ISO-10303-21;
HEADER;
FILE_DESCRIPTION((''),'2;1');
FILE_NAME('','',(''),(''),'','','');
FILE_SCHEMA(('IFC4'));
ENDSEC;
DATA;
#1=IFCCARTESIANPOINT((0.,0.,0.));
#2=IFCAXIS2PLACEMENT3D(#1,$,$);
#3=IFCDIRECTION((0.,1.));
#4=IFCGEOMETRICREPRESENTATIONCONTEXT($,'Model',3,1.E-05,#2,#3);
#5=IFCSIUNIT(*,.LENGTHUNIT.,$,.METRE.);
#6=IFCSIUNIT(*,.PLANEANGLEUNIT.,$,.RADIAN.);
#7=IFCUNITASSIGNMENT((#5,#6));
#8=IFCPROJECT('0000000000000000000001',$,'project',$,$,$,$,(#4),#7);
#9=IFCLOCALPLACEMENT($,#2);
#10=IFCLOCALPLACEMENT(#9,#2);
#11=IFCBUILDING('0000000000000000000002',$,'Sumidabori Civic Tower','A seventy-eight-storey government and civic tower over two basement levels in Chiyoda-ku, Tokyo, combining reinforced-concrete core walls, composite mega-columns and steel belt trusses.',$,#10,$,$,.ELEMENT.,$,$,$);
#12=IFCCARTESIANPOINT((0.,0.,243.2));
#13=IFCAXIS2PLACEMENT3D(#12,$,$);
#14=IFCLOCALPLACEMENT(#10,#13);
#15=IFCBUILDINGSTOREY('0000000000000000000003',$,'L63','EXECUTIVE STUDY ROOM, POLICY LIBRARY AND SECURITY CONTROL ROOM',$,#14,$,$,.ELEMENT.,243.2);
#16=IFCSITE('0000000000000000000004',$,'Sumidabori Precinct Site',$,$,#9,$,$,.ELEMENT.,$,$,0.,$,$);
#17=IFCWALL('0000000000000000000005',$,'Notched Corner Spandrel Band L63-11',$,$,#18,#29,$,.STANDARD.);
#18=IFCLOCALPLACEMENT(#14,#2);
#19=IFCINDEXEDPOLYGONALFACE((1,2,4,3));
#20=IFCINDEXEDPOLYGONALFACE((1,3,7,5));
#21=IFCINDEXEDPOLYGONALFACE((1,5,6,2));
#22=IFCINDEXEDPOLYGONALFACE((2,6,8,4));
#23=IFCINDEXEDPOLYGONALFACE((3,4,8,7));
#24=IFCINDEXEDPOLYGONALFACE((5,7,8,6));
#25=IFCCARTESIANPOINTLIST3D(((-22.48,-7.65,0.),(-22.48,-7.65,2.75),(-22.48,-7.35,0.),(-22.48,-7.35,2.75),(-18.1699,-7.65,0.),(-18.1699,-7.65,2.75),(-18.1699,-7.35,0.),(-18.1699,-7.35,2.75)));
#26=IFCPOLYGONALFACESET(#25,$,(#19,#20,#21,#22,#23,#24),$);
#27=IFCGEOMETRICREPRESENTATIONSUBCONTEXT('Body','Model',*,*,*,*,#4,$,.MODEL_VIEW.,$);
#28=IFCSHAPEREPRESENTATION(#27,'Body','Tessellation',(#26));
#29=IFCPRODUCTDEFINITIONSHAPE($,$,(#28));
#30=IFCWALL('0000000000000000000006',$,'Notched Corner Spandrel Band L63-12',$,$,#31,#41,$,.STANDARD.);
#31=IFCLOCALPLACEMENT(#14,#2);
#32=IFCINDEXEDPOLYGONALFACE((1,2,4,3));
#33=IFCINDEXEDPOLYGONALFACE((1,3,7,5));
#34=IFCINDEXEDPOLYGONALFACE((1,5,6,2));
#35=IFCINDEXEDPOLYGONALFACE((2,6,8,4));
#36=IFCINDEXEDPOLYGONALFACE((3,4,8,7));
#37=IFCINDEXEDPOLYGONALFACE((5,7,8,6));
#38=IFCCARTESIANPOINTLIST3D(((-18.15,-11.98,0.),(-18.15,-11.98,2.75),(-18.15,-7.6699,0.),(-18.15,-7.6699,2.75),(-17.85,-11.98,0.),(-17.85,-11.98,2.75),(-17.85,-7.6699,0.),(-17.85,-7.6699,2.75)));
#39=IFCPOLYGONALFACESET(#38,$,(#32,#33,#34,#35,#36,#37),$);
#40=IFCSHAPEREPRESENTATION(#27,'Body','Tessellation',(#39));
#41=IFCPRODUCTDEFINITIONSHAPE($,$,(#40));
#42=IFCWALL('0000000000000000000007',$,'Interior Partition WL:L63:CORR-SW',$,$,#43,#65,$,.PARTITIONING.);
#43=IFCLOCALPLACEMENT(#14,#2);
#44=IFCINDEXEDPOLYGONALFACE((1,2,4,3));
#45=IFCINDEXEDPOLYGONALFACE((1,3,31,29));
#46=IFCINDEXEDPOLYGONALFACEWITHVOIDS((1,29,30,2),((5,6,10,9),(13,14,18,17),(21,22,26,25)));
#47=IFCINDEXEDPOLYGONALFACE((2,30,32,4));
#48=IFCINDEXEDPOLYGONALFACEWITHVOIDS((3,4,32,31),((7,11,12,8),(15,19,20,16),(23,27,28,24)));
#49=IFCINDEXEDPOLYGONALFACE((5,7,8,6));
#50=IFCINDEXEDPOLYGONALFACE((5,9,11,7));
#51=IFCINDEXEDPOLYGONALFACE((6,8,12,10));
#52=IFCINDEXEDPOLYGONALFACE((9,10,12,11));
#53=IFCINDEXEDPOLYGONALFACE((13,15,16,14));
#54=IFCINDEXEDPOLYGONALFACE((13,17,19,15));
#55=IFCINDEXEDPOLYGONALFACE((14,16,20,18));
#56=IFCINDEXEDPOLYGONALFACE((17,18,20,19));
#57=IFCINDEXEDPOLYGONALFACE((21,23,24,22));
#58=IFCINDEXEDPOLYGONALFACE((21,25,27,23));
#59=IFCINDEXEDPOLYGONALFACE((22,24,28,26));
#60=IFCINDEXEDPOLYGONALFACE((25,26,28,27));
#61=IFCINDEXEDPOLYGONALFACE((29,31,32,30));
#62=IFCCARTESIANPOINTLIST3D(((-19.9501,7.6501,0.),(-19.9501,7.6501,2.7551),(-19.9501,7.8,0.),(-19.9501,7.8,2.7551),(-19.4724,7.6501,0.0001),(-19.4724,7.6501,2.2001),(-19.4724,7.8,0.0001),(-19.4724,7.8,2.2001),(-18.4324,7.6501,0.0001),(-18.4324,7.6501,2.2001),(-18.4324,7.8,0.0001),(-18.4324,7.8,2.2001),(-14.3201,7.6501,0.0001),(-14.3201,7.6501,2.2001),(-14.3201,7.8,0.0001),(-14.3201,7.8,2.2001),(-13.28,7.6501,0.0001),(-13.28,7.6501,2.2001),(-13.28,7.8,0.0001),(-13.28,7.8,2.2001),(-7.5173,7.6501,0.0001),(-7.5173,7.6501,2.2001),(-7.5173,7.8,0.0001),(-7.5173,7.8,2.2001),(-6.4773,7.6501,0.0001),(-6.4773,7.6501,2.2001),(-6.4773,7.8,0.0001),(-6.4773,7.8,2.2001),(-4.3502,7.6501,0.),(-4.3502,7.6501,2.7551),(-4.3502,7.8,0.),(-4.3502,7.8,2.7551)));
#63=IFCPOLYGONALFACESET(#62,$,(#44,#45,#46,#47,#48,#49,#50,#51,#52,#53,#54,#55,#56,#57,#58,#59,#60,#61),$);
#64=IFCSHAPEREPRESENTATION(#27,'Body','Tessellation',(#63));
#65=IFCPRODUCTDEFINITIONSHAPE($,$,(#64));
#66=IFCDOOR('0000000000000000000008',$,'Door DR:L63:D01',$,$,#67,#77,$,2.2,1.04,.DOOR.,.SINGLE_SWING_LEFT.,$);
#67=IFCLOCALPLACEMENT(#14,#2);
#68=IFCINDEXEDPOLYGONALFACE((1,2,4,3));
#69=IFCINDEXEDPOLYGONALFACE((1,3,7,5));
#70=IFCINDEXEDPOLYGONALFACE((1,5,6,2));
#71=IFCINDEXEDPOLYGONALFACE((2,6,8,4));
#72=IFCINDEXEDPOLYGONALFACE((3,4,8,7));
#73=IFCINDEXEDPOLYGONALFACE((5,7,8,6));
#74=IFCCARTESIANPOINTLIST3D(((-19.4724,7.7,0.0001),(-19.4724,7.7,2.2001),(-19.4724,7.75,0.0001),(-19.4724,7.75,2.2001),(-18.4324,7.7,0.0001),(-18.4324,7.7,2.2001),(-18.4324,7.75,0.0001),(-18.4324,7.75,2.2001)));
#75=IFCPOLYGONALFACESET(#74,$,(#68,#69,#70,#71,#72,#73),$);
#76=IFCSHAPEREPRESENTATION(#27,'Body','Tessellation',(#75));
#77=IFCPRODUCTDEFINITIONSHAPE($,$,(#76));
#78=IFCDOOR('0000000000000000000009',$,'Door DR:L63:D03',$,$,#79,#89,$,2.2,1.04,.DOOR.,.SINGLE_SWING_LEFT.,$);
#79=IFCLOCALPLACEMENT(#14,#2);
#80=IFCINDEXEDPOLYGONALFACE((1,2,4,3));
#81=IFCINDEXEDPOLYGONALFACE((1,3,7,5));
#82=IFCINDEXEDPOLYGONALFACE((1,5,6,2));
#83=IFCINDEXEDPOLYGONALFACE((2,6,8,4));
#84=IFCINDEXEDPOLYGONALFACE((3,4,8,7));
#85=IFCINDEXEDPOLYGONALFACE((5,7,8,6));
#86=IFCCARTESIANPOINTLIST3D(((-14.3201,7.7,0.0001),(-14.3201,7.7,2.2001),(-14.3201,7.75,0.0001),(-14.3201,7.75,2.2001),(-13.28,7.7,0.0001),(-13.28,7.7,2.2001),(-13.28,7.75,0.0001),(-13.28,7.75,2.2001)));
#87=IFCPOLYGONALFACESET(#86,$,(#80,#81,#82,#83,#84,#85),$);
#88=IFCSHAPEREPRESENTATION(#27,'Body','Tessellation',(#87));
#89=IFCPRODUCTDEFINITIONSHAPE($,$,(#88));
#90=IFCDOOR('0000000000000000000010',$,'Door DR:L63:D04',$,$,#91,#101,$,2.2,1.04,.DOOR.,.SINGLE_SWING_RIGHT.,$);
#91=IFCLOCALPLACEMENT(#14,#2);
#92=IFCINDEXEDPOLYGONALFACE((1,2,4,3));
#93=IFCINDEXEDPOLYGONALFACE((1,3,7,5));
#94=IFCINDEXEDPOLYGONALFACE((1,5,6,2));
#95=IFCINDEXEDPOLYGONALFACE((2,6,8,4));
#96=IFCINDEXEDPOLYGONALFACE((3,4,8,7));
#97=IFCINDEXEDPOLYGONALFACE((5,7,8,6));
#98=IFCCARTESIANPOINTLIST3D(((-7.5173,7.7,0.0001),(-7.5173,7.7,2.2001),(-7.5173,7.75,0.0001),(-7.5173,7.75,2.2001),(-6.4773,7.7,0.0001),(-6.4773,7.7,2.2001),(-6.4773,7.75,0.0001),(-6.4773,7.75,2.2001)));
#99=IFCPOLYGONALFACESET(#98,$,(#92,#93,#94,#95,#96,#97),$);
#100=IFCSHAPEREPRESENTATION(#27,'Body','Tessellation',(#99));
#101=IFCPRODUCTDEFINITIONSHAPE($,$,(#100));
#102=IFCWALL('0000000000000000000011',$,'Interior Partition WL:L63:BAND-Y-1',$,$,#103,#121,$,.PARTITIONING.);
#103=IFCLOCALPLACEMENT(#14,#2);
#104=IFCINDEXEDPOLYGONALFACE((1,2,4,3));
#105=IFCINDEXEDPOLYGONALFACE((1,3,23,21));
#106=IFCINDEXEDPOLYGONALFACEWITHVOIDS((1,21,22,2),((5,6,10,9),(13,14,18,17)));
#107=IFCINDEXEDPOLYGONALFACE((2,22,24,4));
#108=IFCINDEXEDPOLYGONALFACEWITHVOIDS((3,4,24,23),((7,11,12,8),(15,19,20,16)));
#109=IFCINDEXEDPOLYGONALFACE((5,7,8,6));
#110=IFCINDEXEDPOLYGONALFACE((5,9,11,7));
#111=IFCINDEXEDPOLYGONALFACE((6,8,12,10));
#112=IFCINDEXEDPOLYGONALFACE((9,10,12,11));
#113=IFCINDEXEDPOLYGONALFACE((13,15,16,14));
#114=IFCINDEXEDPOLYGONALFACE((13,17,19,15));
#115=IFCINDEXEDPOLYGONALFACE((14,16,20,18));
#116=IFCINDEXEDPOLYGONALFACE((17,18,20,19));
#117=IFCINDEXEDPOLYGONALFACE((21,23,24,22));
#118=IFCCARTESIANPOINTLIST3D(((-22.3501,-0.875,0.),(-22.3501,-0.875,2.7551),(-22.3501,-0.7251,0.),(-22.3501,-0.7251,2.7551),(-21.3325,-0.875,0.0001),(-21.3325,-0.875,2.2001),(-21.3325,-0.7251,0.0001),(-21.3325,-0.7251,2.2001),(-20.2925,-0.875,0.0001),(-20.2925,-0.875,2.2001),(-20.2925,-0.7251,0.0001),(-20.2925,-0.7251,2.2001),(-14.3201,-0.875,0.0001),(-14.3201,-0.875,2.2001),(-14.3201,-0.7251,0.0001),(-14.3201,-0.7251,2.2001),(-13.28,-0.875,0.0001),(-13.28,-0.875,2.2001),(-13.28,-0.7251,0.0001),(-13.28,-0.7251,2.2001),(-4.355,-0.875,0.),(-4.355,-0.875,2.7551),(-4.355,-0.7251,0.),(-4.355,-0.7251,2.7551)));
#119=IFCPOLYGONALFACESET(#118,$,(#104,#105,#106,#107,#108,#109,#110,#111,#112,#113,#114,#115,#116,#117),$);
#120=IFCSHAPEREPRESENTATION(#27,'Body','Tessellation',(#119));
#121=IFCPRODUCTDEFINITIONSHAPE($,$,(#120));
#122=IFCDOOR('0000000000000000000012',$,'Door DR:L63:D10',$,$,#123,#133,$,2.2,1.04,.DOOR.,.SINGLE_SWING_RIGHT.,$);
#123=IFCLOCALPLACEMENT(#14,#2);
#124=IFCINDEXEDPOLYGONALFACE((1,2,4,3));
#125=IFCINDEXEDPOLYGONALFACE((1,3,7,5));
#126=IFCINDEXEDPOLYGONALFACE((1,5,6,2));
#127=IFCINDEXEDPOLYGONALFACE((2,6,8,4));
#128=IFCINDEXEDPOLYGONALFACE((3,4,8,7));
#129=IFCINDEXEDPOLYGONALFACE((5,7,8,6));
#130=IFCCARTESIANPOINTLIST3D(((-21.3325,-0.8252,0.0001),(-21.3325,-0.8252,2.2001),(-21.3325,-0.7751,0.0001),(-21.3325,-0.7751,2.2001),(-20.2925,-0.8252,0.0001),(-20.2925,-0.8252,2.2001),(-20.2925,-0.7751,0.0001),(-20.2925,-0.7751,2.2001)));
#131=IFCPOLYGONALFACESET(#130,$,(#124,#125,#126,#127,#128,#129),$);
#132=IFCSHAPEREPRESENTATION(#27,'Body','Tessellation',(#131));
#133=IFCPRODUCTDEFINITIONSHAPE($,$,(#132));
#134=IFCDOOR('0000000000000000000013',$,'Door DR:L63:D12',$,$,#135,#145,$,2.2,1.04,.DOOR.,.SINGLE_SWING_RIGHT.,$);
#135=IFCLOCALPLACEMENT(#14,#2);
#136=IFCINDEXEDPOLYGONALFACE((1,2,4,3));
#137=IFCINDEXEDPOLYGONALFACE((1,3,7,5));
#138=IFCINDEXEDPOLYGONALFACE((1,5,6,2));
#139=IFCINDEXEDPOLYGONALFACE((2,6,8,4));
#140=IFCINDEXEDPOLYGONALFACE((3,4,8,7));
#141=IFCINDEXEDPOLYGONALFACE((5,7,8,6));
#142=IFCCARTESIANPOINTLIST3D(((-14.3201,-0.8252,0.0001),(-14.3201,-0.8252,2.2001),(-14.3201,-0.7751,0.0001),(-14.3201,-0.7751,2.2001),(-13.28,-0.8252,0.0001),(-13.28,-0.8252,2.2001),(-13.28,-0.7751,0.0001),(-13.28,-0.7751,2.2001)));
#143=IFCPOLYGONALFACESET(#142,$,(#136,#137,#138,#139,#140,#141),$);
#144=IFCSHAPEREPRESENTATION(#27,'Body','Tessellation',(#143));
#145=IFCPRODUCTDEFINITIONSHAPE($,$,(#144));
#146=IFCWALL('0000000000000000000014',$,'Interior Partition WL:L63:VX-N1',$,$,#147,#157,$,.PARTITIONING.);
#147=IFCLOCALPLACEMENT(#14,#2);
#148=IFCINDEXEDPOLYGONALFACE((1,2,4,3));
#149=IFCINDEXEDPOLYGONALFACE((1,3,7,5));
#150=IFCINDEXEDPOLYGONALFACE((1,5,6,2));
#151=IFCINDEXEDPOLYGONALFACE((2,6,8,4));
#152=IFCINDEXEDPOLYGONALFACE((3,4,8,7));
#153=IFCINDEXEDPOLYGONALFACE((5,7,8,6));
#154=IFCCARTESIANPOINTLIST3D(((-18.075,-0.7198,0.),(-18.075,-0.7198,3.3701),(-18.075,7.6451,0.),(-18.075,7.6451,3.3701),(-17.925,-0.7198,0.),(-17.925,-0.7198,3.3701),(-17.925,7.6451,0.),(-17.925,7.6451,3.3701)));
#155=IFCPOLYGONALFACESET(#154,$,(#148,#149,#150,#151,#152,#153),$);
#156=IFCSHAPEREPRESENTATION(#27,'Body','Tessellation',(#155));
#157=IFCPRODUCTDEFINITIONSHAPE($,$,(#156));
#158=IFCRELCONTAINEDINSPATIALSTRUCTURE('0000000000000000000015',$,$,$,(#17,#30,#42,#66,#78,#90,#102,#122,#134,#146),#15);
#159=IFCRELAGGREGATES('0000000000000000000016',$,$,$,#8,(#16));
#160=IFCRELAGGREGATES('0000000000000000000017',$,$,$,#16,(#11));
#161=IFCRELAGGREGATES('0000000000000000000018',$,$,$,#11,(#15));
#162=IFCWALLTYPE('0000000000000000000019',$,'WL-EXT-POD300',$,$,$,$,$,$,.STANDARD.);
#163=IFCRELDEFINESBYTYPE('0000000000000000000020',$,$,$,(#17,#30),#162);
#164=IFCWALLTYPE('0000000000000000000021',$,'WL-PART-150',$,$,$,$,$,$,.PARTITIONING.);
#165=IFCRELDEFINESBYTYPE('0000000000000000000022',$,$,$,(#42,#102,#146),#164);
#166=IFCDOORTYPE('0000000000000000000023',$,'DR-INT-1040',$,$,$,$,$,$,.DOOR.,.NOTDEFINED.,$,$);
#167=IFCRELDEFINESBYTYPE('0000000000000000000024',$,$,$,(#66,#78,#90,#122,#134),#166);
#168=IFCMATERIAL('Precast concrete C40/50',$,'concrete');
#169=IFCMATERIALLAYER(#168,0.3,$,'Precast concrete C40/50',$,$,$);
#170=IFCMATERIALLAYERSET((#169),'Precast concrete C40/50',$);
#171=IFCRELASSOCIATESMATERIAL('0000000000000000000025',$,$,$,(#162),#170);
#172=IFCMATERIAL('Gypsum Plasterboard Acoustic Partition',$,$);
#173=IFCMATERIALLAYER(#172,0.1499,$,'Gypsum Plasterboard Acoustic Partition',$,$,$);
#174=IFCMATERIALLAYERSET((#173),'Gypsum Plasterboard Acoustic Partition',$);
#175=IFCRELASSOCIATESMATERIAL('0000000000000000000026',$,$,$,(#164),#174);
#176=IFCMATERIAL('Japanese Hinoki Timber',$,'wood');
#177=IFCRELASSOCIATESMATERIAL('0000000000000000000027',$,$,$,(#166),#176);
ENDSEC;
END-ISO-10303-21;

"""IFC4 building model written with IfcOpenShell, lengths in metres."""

from ifc_helpers import new_model, si_unit, direction, frame, frame_2d, origin, place, context, subcontext, project, spatial, rectangle, extrude, source, transform, mapped, material, layer, layer_set, type_object, element, fill, save


model = new_model("IFC4")

# Units and contexts
model_context = context("Model", 3, precision=1e-05, world=origin(), true_north=direction((0.0, 1.0)))
body_context = subcontext(model_context, "Body", "Model", "MODEL_VIEW")
ifc_project = project(units=[si_unit("LENGTHUNIT", "METRE"), si_unit("PLANEANGLEUNIT", "RADIAN")], contexts=[model_context])

# Site, building, storey
site_placement = place(None, origin())
site = spatial("IfcSite", under=ifc_project, at=site_placement, Name="Sumidabori Precinct Site", CompositionType="ELEMENT", RefElevation=0.0)
building_placement = place(site_placement, origin())
building = spatial("IfcBuilding", under=site, at=building_placement, Name="Sumidabori Civic Tower", Description="A seventy-eight-storey government and civic tower over two basement levels in Chiyoda-ku, Tokyo, combining reinforced-concrete core walls, composite mega-columns and steel belt trusses.", CompositionType="ELEMENT")
storey_placement = place(building_placement, frame((0.0, 0.0, 243.2)))
storey = spatial("IfcBuildingStorey", under=building, at=storey_placement, Name="L63", Description="EXECUTIVE STUDY ROOM, POLICY LIBRARY AND SECURITY CONTROL ROOM", CompositionType="ELEMENT", Elevation=243.2)

# Walls
ifc_material_1 = material(Name="Precast concrete C40/50", Category="concrete")
ifc_layer_1 = layer(ifc_material_1, 0.3, Name="Precast concrete C40/50")
ifc_layer_set_1 = layer_set([ifc_layer_1], Name="Precast concrete C40/50")
wall_type_1 = type_object("IfcWallType", Name="WL-EXT-POD300", PredefinedType="STANDARD", material=ifc_layer_set_1)
shared_shape_1 = source(origin(), body_context, "Body", "SweptSolid", [
    extrude(rectangle(XDim=4.3101, YDim=0.3, at=frame_2d((2.155, 0.0))), origin(), (0.0, 0.0, 1.0), 2.75),
])
for number, where, z_axis, x_axis, name in (
    (1, (-22.48, -7.5, 0.0), (0.0, 0.0, 1.0), (1.0, 0.0, 0.0), "Notched Corner Spandrel Band L63-11"),
    (2, (-18.0, -7.6699, 0.0), (0.0, 0.0, 1.0), (0.0, -1.0, 0.0), "Notched Corner Spandrel Band L63-12"),
):
    element("IfcWall", number, at=place(storey_placement, frame(where, z_axis=z_axis, x_axis=x_axis)), inside=storey, type_object=wall_type_1, Name=name, PredefinedType="STANDARD", context=body_context, shape_type="MappedRepresentation", body=[
        mapped(shared_shape_1, transform((0.0, 0.0, 0.0), x_axis=(1.0, 0.0, 0.0), y_axis=(0.0, 1.0, 0.0), z_axis=(0.0, 0.0, 1.0), scale=1.0)),
    ])

# Walls, openings, doors
ifc_material_2 = material(Name="Gypsum Plasterboard Acoustic Partition")
ifc_layer_2 = layer(ifc_material_2, 0.1499, Name="Gypsum Plasterboard Acoustic Partition")
ifc_layer_set_2 = layer_set([ifc_layer_2], Name="Gypsum Plasterboard Acoustic Partition")
wall_type_2 = type_object("IfcWallType", Name="WL-PART-150", PredefinedType="PARTITIONING", material=ifc_layer_set_2)
shared_shape_2 = source(origin(), body_context, "Body", "SweptSolid", [
    extrude(rectangle(XDim=15.5999, YDim=0.1499, at=frame_2d((7.7998, 0.0))), origin(), (0.0, 0.0, 1.0), 2.7551),
])
wall_1_placement = place(storey_placement, frame((-19.95, 7.7251, 0.0), z_axis=(0.0, 0.0, 1.0), x_axis=(1.0, 0.0, 0.0)))
wall_1 = element("IfcWall", 3, at=wall_1_placement, inside=storey, type_object=wall_type_2, Name="Interior Partition WL:L63:CORR-SW", PredefinedType="PARTITIONING", context=body_context, shape_type="MappedRepresentation", body=[
    mapped(shared_shape_2, transform((0.0, 0.0, 0.0), x_axis=(1.0, 0.0, 0.0), y_axis=(0.0, 1.0, 0.0), z_axis=(0.0, 0.0, 1.0), scale=1.0)),
])
opening_1_placement = place(wall_1_placement, frame((0.4775, 0.0, 0.0)))
opening_1 = element("IfcOpeningElement", 4, at=opening_1_placement, cuts=wall_1, PredefinedType="OPENING", context=body_context, shape_type="SweptSolid", body=[
    extrude(rectangle(XDim=1.04, YDim=2.2, at=frame_2d((0.52, 1.1001))), frame((0.0, 0.0869, 0.0), z_axis=(0.0, -1.0, 0.0), x_axis=(1.0, 0.0, 0.0)), (0.0, 0.0, 1.0), 0.1738),
])
opening_2_placement = place(wall_1_placement, frame((5.6299, 0.0, 0.0)))
opening_2 = element("IfcOpeningElement", 5, at=opening_2_placement, cuts=wall_1, PredefinedType="OPENING", context=body_context, shape_type="SweptSolid", body=[
    extrude(rectangle(XDim=1.04, YDim=2.2, at=frame_2d((0.52, 1.1001))), frame((0.0, 0.0869, 0.0), z_axis=(0.0, -1.0, 0.0), x_axis=(1.0, 0.0, 0.0)), (0.0, 0.0, 1.0), 0.1738),
])
opening_3_placement = place(wall_1_placement, frame((12.4326, 0.0, 0.0)))
opening_3 = element("IfcOpeningElement", 6, at=opening_3_placement, cuts=wall_1, PredefinedType="OPENING", context=body_context, shape_type="SweptSolid", body=[
    extrude(rectangle(XDim=1.04, YDim=2.2, at=frame_2d((0.52, 1.1001))), frame((0.0, 0.0869, 0.0), z_axis=(0.0, -1.0, 0.0), x_axis=(1.0, 0.0, 0.0)), (0.0, 0.0, 1.0), 0.1738),
])
ifc_material_3 = material(Name="Japanese Hinoki Timber", Category="wood")
door_type = type_object("IfcDoorType", Name="DR-INT-1040", OperationType="NOTDEFINED", PredefinedType="DOOR", material=ifc_material_3)
shared_shape_3 = source(origin(), body_context, "Body", "SweptSolid", [
    extrude(rectangle(XDim=1.04, YDim=2.2, at=frame_2d((0.52, 1.1001))), frame((0.0, 0.0249, 0.0), z_axis=(0.0, -1.0, 0.0), x_axis=(1.0, 0.0, 0.0)), (0.0, 0.0, 1.0), 0.05),
])
door_1_placement = place(opening_1_placement, origin())
door_1 = element("IfcDoor", 7, at=door_1_placement, inside=storey, type_object=door_type, Name="Door DR:L63:D01", OperationType="SINGLE_SWING_LEFT", OverallHeight=2.2, OverallWidth=1.04, PredefinedType="DOOR", context=body_context, shape_type="MappedRepresentation", body=[
    mapped(shared_shape_3, transform((0.0, 0.0, 0.0), x_axis=(1.0, 0.0, 0.0), y_axis=(0.0, 1.0, 0.0), z_axis=(0.0, 0.0, 1.0), scale=1.0)),
])
fill(opening_1, door_1)
door_2_placement = place(opening_2_placement, origin())
door_2 = element("IfcDoor", 8, at=door_2_placement, inside=storey, type_object=door_type, Name="Door DR:L63:D03", OperationType="SINGLE_SWING_LEFT", OverallHeight=2.2, OverallWidth=1.04, PredefinedType="DOOR", context=body_context, shape_type="MappedRepresentation", body=[
    mapped(shared_shape_3, transform((0.0, 0.0, 0.0), x_axis=(1.0, 0.0, 0.0), y_axis=(0.0, 1.0, 0.0), z_axis=(0.0, 0.0, 1.0), scale=1.0)),
])
fill(opening_2, door_2)
door_3_placement = place(opening_3_placement, origin())
door_3 = element("IfcDoor", 9, at=door_3_placement, inside=storey, type_object=door_type, Name="Door DR:L63:D04", OperationType="SINGLE_SWING_RIGHT", OverallHeight=2.2, OverallWidth=1.04, PredefinedType="DOOR", context=body_context, shape_type="MappedRepresentation", body=[
    mapped(shared_shape_3, transform((0.0, 0.0, 0.0), x_axis=(1.0, 0.0, 0.0), y_axis=(0.0, 1.0, 0.0), z_axis=(0.0, 0.0, 1.0), scale=1.0)),
])
fill(opening_3, door_3)
shared_shape_4 = source(origin(), body_context, "Body", "SweptSolid", [
    extrude(rectangle(XDim=17.9951, YDim=0.1499, at=frame_2d((8.9976, 0.0))), origin(), (0.0, 0.0, 1.0), 2.7551),
])
wall_2_placement = place(storey_placement, frame((-22.3501, -0.8, 0.0), z_axis=(0.0, 0.0, 1.0), x_axis=(1.0, 0.0, 0.0)))
wall_2 = element("IfcWall", 10, at=wall_2_placement, inside=storey, type_object=wall_type_2, Name="Interior Partition WL:L63:BAND-Y-1", PredefinedType="PARTITIONING", context=body_context, shape_type="MappedRepresentation", body=[
    mapped(shared_shape_4, transform((0.0, 0.0, 0.0), x_axis=(1.0, 0.0, 0.0), y_axis=(0.0, 1.0, 0.0), z_axis=(0.0, 0.0, 1.0), scale=1.0)),
])
opening_4_placement = place(wall_2_placement, frame((1.0176, 0.0, 0.0)))
opening_4 = element("IfcOpeningElement", 11, at=opening_4_placement, cuts=wall_2, PredefinedType="OPENING", context=body_context, shape_type="SweptSolid", body=[
    extrude(rectangle(XDim=1.04, YDim=2.2, at=frame_2d((0.52, 1.1001))), frame((0.0, 0.0869, 0.0), z_axis=(0.0, -1.0, 0.0), x_axis=(1.0, 0.0, 0.0)), (0.0, 0.0, 1.0), 0.1738),
])
opening_5_placement = place(wall_2_placement, frame((8.03, 0.0, 0.0)))
opening_5 = element("IfcOpeningElement", 12, at=opening_5_placement, cuts=wall_2, PredefinedType="OPENING", context=body_context, shape_type="SweptSolid", body=[
    extrude(rectangle(XDim=1.04, YDim=2.2, at=frame_2d((0.52, 1.1001))), frame((0.0, 0.0869, 0.0), z_axis=(0.0, -1.0, 0.0), x_axis=(1.0, 0.0, 0.0)), (0.0, 0.0, 1.0), 0.1738),
])
door_4_placement = place(opening_4_placement, origin())
door_4 = element("IfcDoor", 13, at=door_4_placement, inside=storey, type_object=door_type, Name="Door DR:L63:D10", OperationType="SINGLE_SWING_RIGHT", OverallHeight=2.2, OverallWidth=1.04, PredefinedType="DOOR", context=body_context, shape_type="MappedRepresentation", body=[
    mapped(shared_shape_3, transform((0.0, 0.0, 0.0), x_axis=(1.0, 0.0, 0.0), y_axis=(0.0, 1.0, 0.0), z_axis=(0.0, 0.0, 1.0), scale=1.0)),
])
fill(opening_4, door_4)
door_5_placement = place(opening_5_placement, origin())
door_5 = element("IfcDoor", 14, at=door_5_placement, inside=storey, type_object=door_type, Name="Door DR:L63:D12", OperationType="SINGLE_SWING_RIGHT", OverallHeight=2.2, OverallWidth=1.04, PredefinedType="DOOR", context=body_context, shape_type="MappedRepresentation", body=[
    mapped(shared_shape_3, transform((0.0, 0.0, 0.0), x_axis=(1.0, 0.0, 0.0), y_axis=(0.0, 1.0, 0.0), z_axis=(0.0, 0.0, 1.0), scale=1.0)),
])
fill(opening_5, door_5)

# Wall
shared_shape_5 = source(origin(), body_context, "Body", "SweptSolid", [
    extrude(rectangle(XDim=8.365, YDim=0.1499, at=frame_2d((4.1826, 0.0))), origin(), (0.0, 0.0, 1.0), 3.3701),
])
wall_3_placement = place(storey_placement, frame((-18.0, -0.72, 0.0), z_axis=(0.0, 0.0, 1.0), x_axis=(0.0, 1.0, 0.0)))
element("IfcWall", 15, at=wall_3_placement, inside=storey, type_object=wall_type_2, Name="Interior Partition WL:L63:VX-N1", PredefinedType="PARTITIONING", context=body_context, shape_type="MappedRepresentation", body=[
    mapped(shared_shape_5, transform((0.0, 0.0, 0.0), x_axis=(1.0, 0.0, 0.0), y_axis=(0.0, 1.0, 0.0), z_axis=(0.0, 0.0, 1.0), scale=1.0)),
])

save(model, "model.ifc")
